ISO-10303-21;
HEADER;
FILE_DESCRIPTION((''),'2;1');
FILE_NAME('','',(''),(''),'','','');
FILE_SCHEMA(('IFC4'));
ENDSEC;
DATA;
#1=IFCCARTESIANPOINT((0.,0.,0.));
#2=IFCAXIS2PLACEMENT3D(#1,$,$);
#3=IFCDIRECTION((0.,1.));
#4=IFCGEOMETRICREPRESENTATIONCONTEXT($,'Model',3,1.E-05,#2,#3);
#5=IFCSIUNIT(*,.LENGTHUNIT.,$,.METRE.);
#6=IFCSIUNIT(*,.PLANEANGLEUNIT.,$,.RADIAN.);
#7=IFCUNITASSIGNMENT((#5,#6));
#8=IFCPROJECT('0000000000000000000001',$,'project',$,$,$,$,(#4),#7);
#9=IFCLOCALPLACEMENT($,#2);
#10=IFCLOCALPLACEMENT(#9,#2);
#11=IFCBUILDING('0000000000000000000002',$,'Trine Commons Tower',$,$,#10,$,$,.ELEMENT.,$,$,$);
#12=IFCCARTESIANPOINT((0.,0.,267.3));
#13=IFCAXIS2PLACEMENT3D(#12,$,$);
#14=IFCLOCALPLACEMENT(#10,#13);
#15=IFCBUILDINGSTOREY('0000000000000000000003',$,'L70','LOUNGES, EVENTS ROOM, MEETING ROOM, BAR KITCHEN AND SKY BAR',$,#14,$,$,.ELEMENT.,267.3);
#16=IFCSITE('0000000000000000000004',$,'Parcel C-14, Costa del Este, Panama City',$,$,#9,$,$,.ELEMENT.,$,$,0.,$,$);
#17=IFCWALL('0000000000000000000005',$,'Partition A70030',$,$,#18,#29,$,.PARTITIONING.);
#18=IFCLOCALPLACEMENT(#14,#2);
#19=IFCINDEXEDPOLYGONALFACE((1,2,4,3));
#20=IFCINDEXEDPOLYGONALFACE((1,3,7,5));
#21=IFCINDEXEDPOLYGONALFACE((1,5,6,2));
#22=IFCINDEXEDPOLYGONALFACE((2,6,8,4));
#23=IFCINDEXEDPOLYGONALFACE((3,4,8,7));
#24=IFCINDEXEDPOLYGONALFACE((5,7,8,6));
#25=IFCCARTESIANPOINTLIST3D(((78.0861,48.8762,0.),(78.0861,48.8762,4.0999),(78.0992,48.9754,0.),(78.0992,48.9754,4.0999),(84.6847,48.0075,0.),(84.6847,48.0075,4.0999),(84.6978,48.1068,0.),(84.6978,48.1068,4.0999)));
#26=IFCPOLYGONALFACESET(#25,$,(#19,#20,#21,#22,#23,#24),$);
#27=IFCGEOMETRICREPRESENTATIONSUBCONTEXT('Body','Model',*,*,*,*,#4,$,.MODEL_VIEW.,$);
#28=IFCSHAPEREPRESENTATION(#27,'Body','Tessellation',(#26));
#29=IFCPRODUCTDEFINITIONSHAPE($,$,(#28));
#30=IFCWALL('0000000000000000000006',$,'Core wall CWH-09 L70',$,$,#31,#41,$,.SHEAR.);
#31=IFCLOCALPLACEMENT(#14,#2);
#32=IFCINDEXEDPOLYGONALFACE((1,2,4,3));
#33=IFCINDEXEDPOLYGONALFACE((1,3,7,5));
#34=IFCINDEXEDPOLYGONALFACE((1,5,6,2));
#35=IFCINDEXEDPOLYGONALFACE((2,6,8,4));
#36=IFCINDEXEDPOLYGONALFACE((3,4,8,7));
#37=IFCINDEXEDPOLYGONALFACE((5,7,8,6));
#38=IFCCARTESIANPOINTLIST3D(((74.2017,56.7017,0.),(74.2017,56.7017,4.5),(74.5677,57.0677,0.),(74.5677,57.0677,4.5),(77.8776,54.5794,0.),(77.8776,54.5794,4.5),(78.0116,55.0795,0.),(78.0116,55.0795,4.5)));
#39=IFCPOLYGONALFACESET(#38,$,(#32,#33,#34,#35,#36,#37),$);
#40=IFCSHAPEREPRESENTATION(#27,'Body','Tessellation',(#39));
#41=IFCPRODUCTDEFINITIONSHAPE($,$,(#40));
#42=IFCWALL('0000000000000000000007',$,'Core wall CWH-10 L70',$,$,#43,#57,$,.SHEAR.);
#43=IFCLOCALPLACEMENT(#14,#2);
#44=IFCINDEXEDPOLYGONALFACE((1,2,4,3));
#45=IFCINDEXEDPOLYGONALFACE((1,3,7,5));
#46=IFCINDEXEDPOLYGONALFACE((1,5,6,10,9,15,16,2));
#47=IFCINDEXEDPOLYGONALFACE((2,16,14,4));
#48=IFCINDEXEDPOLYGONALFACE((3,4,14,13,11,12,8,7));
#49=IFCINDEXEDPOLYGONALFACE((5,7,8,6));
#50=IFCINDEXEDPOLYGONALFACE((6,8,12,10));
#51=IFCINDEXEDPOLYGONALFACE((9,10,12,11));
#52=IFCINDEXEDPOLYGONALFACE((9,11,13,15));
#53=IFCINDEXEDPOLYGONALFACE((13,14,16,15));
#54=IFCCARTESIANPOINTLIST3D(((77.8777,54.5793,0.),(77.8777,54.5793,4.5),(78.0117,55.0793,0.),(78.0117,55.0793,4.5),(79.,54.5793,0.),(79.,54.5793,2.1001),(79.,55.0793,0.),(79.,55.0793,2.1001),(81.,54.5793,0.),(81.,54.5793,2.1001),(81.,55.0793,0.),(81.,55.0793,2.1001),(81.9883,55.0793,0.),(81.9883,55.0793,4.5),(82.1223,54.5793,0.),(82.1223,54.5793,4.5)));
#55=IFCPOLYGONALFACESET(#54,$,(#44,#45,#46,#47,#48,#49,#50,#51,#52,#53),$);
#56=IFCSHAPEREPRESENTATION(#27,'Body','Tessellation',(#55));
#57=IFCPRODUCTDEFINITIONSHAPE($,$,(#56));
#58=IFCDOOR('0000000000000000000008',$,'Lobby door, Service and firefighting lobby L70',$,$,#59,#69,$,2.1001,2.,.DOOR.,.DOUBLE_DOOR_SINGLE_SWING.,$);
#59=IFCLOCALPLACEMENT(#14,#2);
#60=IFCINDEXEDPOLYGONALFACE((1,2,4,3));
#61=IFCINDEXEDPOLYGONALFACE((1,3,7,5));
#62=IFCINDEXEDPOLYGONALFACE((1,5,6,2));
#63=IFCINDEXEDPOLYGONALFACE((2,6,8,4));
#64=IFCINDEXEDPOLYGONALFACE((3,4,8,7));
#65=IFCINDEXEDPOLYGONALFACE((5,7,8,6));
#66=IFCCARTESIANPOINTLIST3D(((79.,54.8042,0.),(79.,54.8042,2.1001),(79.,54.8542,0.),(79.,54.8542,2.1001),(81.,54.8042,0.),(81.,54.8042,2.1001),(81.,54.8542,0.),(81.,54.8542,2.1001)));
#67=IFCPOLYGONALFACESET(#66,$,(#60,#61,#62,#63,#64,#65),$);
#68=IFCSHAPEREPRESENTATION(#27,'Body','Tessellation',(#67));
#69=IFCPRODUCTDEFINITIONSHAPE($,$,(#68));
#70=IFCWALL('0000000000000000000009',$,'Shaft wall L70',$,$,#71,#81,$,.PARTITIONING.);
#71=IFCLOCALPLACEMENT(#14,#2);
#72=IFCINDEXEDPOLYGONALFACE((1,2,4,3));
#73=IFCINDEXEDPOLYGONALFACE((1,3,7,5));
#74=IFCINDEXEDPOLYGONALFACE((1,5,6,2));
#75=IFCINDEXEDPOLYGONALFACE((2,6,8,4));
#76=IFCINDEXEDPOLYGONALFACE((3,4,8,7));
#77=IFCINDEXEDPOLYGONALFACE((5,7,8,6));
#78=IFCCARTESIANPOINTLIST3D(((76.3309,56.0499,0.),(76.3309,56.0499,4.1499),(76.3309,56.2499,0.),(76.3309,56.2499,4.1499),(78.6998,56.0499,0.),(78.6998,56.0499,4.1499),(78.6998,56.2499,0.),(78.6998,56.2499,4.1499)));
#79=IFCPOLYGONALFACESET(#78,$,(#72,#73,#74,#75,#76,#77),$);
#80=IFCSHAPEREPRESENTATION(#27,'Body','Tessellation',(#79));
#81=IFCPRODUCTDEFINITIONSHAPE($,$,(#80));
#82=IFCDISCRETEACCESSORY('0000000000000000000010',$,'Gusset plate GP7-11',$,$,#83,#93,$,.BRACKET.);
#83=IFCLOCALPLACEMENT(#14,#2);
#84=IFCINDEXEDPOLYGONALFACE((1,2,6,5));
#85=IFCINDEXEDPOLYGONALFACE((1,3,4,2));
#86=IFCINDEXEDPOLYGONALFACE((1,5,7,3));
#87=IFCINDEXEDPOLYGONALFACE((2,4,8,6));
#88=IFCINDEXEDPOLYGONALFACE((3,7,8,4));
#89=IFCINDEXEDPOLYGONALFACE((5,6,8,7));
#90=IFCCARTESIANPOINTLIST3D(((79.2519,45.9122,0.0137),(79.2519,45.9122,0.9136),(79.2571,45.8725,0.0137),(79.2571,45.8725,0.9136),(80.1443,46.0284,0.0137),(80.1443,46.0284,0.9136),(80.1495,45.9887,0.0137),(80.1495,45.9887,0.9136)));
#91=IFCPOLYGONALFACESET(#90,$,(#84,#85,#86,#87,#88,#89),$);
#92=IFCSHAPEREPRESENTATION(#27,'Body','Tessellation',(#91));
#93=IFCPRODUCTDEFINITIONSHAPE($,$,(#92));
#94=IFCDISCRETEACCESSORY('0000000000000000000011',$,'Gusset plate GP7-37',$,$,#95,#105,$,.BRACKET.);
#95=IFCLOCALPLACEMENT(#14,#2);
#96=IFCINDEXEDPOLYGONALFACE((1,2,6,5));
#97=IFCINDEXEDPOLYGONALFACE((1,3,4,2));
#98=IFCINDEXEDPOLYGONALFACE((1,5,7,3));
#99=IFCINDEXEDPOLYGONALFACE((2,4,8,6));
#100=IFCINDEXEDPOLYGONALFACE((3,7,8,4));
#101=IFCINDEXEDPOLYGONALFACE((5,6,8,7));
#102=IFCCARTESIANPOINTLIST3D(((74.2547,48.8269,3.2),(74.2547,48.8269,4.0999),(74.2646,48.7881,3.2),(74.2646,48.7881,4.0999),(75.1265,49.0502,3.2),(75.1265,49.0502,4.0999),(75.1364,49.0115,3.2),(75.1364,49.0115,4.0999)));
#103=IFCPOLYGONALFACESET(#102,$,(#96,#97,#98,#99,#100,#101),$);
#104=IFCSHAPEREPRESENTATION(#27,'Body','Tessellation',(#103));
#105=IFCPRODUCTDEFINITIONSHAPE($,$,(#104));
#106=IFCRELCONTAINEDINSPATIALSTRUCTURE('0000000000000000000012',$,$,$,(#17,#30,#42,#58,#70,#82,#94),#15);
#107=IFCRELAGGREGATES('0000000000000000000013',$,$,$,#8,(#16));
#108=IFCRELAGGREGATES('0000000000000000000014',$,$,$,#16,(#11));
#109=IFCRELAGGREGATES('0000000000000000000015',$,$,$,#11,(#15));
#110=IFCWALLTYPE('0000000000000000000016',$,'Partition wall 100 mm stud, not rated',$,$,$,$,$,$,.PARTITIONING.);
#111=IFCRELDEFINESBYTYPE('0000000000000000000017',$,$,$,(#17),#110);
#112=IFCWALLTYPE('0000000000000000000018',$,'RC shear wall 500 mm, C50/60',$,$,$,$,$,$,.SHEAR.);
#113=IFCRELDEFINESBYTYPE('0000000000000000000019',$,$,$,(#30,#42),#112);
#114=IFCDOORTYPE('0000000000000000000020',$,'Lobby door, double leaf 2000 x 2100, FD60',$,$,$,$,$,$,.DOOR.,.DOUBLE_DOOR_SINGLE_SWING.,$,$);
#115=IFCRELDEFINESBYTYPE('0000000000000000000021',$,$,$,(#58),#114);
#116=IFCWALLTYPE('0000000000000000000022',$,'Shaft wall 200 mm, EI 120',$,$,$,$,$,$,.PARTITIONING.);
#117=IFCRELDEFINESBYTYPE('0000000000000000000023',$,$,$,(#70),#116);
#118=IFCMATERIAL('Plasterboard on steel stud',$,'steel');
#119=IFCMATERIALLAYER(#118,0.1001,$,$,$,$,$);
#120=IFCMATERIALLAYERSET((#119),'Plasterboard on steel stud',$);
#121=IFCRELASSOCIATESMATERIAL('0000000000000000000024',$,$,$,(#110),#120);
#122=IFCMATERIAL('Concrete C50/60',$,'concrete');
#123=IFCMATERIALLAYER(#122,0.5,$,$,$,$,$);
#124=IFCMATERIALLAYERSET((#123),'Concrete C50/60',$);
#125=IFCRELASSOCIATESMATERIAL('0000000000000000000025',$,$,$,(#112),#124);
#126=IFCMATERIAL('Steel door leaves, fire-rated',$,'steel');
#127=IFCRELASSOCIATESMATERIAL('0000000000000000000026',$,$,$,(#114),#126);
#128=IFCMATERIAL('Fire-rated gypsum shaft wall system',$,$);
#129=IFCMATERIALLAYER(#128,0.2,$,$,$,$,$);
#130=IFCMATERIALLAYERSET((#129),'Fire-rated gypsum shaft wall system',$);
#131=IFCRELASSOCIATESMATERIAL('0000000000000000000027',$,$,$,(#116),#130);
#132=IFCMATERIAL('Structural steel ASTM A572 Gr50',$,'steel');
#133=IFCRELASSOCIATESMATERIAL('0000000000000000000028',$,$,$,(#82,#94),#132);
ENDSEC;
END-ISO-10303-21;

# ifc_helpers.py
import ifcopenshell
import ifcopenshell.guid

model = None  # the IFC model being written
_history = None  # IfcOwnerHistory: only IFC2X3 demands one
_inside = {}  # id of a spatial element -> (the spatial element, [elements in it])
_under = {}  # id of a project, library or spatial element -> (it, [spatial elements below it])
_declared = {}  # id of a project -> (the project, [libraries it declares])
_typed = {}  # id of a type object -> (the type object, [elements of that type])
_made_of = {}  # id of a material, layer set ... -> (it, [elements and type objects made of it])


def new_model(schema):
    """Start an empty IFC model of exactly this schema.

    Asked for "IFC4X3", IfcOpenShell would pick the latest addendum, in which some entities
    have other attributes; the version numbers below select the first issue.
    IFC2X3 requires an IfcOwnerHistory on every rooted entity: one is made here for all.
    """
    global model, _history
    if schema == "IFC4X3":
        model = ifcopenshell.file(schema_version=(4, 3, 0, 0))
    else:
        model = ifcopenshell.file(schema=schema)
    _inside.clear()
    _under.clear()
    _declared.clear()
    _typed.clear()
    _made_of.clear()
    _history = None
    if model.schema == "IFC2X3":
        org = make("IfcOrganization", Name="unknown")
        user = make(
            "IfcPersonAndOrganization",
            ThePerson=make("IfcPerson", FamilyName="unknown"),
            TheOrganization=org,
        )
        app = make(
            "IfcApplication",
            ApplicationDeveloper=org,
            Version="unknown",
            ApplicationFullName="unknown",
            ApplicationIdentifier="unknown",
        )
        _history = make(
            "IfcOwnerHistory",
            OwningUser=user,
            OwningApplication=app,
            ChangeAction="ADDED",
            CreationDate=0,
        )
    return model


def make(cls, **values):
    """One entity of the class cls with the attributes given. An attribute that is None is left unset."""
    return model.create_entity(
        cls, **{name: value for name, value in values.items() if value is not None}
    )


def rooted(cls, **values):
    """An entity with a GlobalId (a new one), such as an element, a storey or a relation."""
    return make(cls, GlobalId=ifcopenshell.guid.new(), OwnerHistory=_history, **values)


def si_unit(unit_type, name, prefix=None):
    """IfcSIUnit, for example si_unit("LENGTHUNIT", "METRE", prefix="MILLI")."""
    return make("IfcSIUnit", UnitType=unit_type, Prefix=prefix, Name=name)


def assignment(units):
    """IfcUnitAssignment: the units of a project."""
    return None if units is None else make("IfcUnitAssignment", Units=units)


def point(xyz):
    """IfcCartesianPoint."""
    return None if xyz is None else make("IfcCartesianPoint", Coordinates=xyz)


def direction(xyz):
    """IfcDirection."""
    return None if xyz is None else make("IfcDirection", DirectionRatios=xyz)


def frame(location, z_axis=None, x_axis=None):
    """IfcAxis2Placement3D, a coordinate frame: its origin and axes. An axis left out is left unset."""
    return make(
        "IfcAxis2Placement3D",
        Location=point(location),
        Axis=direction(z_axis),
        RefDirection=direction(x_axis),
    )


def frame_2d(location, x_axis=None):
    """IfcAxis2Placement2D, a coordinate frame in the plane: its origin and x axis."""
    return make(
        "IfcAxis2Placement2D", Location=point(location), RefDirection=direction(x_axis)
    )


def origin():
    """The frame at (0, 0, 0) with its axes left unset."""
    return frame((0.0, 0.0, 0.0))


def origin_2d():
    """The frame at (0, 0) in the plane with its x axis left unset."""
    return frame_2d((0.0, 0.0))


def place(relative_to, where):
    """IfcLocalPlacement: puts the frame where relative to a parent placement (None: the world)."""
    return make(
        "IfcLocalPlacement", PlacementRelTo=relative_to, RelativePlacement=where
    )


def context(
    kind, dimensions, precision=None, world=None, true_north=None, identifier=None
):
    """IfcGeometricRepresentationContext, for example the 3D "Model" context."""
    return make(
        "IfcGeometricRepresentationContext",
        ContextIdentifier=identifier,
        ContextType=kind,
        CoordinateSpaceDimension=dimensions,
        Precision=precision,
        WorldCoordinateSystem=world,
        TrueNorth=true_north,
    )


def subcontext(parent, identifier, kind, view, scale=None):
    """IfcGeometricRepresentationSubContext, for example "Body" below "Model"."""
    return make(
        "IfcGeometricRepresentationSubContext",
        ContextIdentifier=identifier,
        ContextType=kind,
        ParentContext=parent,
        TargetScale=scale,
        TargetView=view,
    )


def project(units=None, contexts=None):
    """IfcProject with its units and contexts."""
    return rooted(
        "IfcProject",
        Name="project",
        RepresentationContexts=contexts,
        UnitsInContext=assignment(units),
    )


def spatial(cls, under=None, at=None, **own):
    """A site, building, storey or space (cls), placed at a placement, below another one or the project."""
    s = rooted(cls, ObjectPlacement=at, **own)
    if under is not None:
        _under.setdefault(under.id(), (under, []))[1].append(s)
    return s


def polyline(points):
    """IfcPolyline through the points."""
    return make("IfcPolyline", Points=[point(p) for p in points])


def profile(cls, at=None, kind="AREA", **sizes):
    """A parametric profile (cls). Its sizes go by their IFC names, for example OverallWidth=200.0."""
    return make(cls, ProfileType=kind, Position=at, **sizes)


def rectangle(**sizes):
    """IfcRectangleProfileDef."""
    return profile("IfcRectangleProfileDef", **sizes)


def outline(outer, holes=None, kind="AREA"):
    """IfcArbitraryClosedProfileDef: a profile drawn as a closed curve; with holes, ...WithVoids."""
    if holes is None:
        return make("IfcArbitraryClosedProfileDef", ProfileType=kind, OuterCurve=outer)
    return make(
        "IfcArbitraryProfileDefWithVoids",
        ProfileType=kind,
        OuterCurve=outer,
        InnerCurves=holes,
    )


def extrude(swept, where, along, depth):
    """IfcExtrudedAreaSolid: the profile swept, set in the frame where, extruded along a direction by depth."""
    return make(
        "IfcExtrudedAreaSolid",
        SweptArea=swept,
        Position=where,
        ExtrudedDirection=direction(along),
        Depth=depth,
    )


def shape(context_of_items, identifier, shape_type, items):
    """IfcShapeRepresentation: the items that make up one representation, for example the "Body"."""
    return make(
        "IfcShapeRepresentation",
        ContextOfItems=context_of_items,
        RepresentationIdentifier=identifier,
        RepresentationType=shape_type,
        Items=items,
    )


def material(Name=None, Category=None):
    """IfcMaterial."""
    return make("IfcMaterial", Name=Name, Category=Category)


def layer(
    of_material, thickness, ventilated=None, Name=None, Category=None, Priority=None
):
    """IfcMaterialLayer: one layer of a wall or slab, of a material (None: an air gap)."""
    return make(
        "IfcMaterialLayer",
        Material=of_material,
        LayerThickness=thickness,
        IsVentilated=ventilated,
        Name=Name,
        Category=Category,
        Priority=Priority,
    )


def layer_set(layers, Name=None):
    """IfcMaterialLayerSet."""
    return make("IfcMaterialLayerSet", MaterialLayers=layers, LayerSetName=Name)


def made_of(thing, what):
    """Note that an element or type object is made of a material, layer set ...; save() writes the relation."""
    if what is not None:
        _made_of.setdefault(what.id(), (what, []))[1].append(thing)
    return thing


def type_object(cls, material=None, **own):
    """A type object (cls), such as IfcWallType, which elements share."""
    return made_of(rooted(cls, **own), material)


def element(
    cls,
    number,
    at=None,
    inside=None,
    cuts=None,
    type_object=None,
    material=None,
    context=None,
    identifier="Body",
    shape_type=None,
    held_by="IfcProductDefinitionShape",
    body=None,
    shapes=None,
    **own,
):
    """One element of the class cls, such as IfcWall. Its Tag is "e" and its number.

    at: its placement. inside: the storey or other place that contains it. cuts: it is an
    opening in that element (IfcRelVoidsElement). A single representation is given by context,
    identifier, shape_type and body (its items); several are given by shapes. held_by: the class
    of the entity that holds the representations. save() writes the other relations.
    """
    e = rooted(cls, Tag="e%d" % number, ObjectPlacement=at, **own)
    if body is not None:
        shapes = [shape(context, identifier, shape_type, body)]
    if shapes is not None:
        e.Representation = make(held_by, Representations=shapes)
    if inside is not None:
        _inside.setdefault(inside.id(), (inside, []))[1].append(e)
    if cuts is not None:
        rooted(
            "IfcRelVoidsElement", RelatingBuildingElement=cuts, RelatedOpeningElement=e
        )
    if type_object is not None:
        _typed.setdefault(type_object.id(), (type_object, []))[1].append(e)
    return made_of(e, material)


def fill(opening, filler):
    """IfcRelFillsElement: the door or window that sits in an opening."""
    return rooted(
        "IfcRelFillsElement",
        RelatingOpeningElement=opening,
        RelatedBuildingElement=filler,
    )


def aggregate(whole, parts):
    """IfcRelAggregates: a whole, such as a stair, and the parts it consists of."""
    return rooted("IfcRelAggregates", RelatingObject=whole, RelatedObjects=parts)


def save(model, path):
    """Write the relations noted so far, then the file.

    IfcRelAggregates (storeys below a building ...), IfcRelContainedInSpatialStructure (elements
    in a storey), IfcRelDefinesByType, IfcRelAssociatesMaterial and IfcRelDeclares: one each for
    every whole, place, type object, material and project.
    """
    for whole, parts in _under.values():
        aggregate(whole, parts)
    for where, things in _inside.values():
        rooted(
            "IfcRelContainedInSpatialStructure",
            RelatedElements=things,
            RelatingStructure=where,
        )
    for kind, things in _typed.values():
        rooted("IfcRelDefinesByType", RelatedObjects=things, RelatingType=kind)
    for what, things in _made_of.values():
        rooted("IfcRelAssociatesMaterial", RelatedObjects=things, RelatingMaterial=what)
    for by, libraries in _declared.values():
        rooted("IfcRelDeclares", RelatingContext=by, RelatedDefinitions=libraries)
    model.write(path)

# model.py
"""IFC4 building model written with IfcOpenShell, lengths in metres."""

from ifc_helpers import new_model, si_unit, direction, frame, frame_2d, origin, origin_2d, place, context, subcontext, project, spatial, polyline, rectangle, outline, extrude, material, layer, layer_set, type_object, element, fill, save


model = new_model("IFC4")

# Units and contexts
model_context = context("Model", 3, precision=1e-05, world=origin(), true_north=direction((0.0, 1.0)))
body_context = subcontext(model_context, "Body", "Model", "MODEL_VIEW")
ifc_project = project(units=[si_unit("LENGTHUNIT", "METRE"), si_unit("PLANEANGLEUNIT", "RADIAN")], contexts=[model_context])

# Site, building, storey
site_placement = place(None, origin())
site = spatial("IfcSite", under=ifc_project, at=site_placement, Name="Parcel C-14, Costa del Este, Panama City", CompositionType="ELEMENT", RefElevation=0.0)
building_placement = place(site_placement, origin())
building = spatial("IfcBuilding", under=site, at=building_placement, Name="Trine Commons Tower", CompositionType="ELEMENT")
storey_placement = place(building_placement, frame((0.0, 0.0, 267.3)))
storey = spatial("IfcBuildingStorey", under=building, at=storey_placement, Name="L70", Description="LOUNGES, EVENTS ROOM, MEETING ROOM, BAR KITCHEN AND SKY BAR", CompositionType="ELEMENT", Elevation=267.3)

# Shared definitions
ifc_material_1 = material(Name="Plasterboard on steel stud", Category="steel")

# Walls
ifc_layer_1 = layer(ifc_material_1, 0.1001)
ifc_layer_set_1 = layer_set([ifc_layer_1], Name="Plasterboard on steel stud")
wall_type_1 = type_object("IfcWallType", Name="Partition wall 100 mm stud, not rated", PredefinedType="PARTITIONING", material=ifc_layer_set_1)
wall_1_placement = place(storey_placement, frame((78.0928, 48.9258, 0.0), z_axis=(0.0, 0.0, 1.0), x_axis=(0.991446, -0.130515, 0.0)))
element("IfcWall", 1, at=wall_1_placement, inside=storey, type_object=wall_type_1, Name="Partition A70030", PredefinedType="PARTITIONING", context=body_context, shape_type="SweptSolid", body=[
    extrude(rectangle(XDim=6.6555, YDim=0.1001, at=frame_2d((3.3276, 0.0))), origin(), (0.0, 0.0, 1.0), 4.0999),
])
ifc_material_2 = material(Name="Concrete C50/60", Category="concrete")
ifc_layer_2 = layer(ifc_material_2, 0.5)
ifc_layer_set_2 = layer_set([ifc_layer_2], Name="Concrete C50/60")
wall_type_2 = type_object("IfcWallType", Name="RC shear wall 500 mm, C50/60", PredefinedType="SHEAR", material=ifc_layer_set_2)
wall_2_placement = place(storey_placement, frame((74.3267, 56.9182, 0.0), z_axis=(0.0, 0.0, 1.0), x_axis=(0.866029, -0.499993, 0.0)))
element("IfcWall", 2, at=wall_2_placement, inside=storey, type_object=wall_type_2, Name="Core wall CWH-09 L70", PredefinedType="SHEAR", context=body_context, shape_type="SweptSolid", body=[
    extrude(outline(polyline([(0.0, -0.25), (4.2446, -0.25), (4.1106, 0.25), (0.134, 0.25), (0.0, -0.25)])), origin(), (0.0, 0.0, 1.0), 4.5),
])

# Wall, opening, door
wall_3_placement = place(storey_placement, frame((77.8777, 54.8293, 0.0), z_axis=(0.0, 0.0, 1.0), x_axis=(1.0, 0.0, 0.0)))
wall_3 = element("IfcWall", 3, at=wall_3_placement, inside=storey, type_object=wall_type_2, Name="Core wall CWH-10 L70", PredefinedType="SHEAR", context=body_context, shape_type="SweptSolid", body=[
    extrude(outline(polyline([(0.0, -0.25), (4.2446, -0.25), (4.1106, 0.25), (0.134, 0.25), (0.0, -0.25)])), origin(), (0.0, 0.0, 1.0), 4.5),
])
opening_1_placement = place(wall_3_placement, frame((1.1223, 0.0, 0.0)))
opening_1 = element("IfcOpeningElement", 4, at=opening_1_placement, cuts=wall_3, PredefinedType="OPENING", context=body_context, shape_type="SweptSolid", body=[
    extrude(rectangle(XDim=2.0, YDim=2.1001, at=frame_2d((1.0, 1.05))), frame((0.0, 0.26, 0.0), z_axis=(0.0, -1.0, 0.0), x_axis=(1.0, 0.0, 0.0)), (0.0, 0.0, 1.0), 0.52),
])
ifc_material_3 = material(Name="Steel door leaves, fire-rated", Category="steel")
door_type_1 = type_object("IfcDoorType", Name="Lobby door, double leaf 2000 x 2100, FD60", OperationType="DOUBLE_DOOR_SINGLE_SWING", PredefinedType="DOOR", material=ifc_material_3)
door_1_placement = place(opening_1_placement, origin())
door_1 = element("IfcDoor", 5, at=door_1_placement, inside=storey, type_object=door_type_1, Name="Lobby door, Service and firefighting lobby L70", OperationType="DOUBLE_DOOR_SINGLE_SWING", OverallHeight=2.1001, OverallWidth=2.0, PredefinedType="DOOR", context=body_context, shape_type="SweptSolid", body=[
    extrude(rectangle(XDim=2.0, YDim=2.1001, at=frame_2d((1.0, 1.05))), frame((0.0, 0.0249, 0.0), z_axis=(0.0, -1.0, 0.0), x_axis=(1.0, 0.0, 0.0)), (0.0, 0.0, 1.0), 0.05),
])
fill(opening_1, door_1)

# Wall
ifc_material_4 = material(Name="Fire-rated gypsum shaft wall system")
ifc_layer_3 = layer(ifc_material_4, 0.2)
ifc_layer_set_3 = layer_set([ifc_layer_3], Name="Fire-rated gypsum shaft wall system")
wall_type_3 = type_object("IfcWallType", Name="Shaft wall 200 mm, EI 120", PredefinedType="PARTITIONING", material=ifc_layer_set_3)
wall_4_placement = place(storey_placement, frame((78.7, 56.1499, 0.0), z_axis=(0.0, 0.0, 1.0), x_axis=(-1.0, 0.0, 0.0)))
element("IfcWall", 6, at=wall_4_placement, inside=storey, type_object=wall_type_3, Name="Shaft wall L70", PredefinedType="PARTITIONING", context=body_context, shape_type="SweptSolid", body=[
    extrude(rectangle(XDim=2.3689, YDim=0.2, at=frame_2d((1.1846, 0.0))), origin(), (0.0, 0.0, 1.0), 4.1499),
])

# Discrete accessories
ifc_material_5 = material(Name="Structural steel ASTM A572 Gr50", Category="steel")
for number, where, z_axis, x_axis, name in (
    (7, (79.7007, 45.9504, 0.0137), (0.0, 0.0, 1.0), (0.991631, 0.129107, 0.0), "Gusset plate GP7-11"),
    (8, (74.6956, 48.9192, 3.2), (0.0, 0.0, 1.0), (0.968718, 0.248166, 0.0), "Gusset plate GP7-37"),
):
    element("IfcDiscreteAccessory", number, at=place(storey_placement, frame(where, z_axis=z_axis, x_axis=x_axis)), inside=storey, material=ifc_material_5, Name=name, PredefinedType="BRACKET", context=body_context, shape_type="SweptSolid", body=[
        extrude(rectangle(XDim=0.8999, YDim=0.04, at=origin_2d()), origin(), (0.0, 0.0, 1.0), 0.8999),
    ])

save(model, "model.ifc")
